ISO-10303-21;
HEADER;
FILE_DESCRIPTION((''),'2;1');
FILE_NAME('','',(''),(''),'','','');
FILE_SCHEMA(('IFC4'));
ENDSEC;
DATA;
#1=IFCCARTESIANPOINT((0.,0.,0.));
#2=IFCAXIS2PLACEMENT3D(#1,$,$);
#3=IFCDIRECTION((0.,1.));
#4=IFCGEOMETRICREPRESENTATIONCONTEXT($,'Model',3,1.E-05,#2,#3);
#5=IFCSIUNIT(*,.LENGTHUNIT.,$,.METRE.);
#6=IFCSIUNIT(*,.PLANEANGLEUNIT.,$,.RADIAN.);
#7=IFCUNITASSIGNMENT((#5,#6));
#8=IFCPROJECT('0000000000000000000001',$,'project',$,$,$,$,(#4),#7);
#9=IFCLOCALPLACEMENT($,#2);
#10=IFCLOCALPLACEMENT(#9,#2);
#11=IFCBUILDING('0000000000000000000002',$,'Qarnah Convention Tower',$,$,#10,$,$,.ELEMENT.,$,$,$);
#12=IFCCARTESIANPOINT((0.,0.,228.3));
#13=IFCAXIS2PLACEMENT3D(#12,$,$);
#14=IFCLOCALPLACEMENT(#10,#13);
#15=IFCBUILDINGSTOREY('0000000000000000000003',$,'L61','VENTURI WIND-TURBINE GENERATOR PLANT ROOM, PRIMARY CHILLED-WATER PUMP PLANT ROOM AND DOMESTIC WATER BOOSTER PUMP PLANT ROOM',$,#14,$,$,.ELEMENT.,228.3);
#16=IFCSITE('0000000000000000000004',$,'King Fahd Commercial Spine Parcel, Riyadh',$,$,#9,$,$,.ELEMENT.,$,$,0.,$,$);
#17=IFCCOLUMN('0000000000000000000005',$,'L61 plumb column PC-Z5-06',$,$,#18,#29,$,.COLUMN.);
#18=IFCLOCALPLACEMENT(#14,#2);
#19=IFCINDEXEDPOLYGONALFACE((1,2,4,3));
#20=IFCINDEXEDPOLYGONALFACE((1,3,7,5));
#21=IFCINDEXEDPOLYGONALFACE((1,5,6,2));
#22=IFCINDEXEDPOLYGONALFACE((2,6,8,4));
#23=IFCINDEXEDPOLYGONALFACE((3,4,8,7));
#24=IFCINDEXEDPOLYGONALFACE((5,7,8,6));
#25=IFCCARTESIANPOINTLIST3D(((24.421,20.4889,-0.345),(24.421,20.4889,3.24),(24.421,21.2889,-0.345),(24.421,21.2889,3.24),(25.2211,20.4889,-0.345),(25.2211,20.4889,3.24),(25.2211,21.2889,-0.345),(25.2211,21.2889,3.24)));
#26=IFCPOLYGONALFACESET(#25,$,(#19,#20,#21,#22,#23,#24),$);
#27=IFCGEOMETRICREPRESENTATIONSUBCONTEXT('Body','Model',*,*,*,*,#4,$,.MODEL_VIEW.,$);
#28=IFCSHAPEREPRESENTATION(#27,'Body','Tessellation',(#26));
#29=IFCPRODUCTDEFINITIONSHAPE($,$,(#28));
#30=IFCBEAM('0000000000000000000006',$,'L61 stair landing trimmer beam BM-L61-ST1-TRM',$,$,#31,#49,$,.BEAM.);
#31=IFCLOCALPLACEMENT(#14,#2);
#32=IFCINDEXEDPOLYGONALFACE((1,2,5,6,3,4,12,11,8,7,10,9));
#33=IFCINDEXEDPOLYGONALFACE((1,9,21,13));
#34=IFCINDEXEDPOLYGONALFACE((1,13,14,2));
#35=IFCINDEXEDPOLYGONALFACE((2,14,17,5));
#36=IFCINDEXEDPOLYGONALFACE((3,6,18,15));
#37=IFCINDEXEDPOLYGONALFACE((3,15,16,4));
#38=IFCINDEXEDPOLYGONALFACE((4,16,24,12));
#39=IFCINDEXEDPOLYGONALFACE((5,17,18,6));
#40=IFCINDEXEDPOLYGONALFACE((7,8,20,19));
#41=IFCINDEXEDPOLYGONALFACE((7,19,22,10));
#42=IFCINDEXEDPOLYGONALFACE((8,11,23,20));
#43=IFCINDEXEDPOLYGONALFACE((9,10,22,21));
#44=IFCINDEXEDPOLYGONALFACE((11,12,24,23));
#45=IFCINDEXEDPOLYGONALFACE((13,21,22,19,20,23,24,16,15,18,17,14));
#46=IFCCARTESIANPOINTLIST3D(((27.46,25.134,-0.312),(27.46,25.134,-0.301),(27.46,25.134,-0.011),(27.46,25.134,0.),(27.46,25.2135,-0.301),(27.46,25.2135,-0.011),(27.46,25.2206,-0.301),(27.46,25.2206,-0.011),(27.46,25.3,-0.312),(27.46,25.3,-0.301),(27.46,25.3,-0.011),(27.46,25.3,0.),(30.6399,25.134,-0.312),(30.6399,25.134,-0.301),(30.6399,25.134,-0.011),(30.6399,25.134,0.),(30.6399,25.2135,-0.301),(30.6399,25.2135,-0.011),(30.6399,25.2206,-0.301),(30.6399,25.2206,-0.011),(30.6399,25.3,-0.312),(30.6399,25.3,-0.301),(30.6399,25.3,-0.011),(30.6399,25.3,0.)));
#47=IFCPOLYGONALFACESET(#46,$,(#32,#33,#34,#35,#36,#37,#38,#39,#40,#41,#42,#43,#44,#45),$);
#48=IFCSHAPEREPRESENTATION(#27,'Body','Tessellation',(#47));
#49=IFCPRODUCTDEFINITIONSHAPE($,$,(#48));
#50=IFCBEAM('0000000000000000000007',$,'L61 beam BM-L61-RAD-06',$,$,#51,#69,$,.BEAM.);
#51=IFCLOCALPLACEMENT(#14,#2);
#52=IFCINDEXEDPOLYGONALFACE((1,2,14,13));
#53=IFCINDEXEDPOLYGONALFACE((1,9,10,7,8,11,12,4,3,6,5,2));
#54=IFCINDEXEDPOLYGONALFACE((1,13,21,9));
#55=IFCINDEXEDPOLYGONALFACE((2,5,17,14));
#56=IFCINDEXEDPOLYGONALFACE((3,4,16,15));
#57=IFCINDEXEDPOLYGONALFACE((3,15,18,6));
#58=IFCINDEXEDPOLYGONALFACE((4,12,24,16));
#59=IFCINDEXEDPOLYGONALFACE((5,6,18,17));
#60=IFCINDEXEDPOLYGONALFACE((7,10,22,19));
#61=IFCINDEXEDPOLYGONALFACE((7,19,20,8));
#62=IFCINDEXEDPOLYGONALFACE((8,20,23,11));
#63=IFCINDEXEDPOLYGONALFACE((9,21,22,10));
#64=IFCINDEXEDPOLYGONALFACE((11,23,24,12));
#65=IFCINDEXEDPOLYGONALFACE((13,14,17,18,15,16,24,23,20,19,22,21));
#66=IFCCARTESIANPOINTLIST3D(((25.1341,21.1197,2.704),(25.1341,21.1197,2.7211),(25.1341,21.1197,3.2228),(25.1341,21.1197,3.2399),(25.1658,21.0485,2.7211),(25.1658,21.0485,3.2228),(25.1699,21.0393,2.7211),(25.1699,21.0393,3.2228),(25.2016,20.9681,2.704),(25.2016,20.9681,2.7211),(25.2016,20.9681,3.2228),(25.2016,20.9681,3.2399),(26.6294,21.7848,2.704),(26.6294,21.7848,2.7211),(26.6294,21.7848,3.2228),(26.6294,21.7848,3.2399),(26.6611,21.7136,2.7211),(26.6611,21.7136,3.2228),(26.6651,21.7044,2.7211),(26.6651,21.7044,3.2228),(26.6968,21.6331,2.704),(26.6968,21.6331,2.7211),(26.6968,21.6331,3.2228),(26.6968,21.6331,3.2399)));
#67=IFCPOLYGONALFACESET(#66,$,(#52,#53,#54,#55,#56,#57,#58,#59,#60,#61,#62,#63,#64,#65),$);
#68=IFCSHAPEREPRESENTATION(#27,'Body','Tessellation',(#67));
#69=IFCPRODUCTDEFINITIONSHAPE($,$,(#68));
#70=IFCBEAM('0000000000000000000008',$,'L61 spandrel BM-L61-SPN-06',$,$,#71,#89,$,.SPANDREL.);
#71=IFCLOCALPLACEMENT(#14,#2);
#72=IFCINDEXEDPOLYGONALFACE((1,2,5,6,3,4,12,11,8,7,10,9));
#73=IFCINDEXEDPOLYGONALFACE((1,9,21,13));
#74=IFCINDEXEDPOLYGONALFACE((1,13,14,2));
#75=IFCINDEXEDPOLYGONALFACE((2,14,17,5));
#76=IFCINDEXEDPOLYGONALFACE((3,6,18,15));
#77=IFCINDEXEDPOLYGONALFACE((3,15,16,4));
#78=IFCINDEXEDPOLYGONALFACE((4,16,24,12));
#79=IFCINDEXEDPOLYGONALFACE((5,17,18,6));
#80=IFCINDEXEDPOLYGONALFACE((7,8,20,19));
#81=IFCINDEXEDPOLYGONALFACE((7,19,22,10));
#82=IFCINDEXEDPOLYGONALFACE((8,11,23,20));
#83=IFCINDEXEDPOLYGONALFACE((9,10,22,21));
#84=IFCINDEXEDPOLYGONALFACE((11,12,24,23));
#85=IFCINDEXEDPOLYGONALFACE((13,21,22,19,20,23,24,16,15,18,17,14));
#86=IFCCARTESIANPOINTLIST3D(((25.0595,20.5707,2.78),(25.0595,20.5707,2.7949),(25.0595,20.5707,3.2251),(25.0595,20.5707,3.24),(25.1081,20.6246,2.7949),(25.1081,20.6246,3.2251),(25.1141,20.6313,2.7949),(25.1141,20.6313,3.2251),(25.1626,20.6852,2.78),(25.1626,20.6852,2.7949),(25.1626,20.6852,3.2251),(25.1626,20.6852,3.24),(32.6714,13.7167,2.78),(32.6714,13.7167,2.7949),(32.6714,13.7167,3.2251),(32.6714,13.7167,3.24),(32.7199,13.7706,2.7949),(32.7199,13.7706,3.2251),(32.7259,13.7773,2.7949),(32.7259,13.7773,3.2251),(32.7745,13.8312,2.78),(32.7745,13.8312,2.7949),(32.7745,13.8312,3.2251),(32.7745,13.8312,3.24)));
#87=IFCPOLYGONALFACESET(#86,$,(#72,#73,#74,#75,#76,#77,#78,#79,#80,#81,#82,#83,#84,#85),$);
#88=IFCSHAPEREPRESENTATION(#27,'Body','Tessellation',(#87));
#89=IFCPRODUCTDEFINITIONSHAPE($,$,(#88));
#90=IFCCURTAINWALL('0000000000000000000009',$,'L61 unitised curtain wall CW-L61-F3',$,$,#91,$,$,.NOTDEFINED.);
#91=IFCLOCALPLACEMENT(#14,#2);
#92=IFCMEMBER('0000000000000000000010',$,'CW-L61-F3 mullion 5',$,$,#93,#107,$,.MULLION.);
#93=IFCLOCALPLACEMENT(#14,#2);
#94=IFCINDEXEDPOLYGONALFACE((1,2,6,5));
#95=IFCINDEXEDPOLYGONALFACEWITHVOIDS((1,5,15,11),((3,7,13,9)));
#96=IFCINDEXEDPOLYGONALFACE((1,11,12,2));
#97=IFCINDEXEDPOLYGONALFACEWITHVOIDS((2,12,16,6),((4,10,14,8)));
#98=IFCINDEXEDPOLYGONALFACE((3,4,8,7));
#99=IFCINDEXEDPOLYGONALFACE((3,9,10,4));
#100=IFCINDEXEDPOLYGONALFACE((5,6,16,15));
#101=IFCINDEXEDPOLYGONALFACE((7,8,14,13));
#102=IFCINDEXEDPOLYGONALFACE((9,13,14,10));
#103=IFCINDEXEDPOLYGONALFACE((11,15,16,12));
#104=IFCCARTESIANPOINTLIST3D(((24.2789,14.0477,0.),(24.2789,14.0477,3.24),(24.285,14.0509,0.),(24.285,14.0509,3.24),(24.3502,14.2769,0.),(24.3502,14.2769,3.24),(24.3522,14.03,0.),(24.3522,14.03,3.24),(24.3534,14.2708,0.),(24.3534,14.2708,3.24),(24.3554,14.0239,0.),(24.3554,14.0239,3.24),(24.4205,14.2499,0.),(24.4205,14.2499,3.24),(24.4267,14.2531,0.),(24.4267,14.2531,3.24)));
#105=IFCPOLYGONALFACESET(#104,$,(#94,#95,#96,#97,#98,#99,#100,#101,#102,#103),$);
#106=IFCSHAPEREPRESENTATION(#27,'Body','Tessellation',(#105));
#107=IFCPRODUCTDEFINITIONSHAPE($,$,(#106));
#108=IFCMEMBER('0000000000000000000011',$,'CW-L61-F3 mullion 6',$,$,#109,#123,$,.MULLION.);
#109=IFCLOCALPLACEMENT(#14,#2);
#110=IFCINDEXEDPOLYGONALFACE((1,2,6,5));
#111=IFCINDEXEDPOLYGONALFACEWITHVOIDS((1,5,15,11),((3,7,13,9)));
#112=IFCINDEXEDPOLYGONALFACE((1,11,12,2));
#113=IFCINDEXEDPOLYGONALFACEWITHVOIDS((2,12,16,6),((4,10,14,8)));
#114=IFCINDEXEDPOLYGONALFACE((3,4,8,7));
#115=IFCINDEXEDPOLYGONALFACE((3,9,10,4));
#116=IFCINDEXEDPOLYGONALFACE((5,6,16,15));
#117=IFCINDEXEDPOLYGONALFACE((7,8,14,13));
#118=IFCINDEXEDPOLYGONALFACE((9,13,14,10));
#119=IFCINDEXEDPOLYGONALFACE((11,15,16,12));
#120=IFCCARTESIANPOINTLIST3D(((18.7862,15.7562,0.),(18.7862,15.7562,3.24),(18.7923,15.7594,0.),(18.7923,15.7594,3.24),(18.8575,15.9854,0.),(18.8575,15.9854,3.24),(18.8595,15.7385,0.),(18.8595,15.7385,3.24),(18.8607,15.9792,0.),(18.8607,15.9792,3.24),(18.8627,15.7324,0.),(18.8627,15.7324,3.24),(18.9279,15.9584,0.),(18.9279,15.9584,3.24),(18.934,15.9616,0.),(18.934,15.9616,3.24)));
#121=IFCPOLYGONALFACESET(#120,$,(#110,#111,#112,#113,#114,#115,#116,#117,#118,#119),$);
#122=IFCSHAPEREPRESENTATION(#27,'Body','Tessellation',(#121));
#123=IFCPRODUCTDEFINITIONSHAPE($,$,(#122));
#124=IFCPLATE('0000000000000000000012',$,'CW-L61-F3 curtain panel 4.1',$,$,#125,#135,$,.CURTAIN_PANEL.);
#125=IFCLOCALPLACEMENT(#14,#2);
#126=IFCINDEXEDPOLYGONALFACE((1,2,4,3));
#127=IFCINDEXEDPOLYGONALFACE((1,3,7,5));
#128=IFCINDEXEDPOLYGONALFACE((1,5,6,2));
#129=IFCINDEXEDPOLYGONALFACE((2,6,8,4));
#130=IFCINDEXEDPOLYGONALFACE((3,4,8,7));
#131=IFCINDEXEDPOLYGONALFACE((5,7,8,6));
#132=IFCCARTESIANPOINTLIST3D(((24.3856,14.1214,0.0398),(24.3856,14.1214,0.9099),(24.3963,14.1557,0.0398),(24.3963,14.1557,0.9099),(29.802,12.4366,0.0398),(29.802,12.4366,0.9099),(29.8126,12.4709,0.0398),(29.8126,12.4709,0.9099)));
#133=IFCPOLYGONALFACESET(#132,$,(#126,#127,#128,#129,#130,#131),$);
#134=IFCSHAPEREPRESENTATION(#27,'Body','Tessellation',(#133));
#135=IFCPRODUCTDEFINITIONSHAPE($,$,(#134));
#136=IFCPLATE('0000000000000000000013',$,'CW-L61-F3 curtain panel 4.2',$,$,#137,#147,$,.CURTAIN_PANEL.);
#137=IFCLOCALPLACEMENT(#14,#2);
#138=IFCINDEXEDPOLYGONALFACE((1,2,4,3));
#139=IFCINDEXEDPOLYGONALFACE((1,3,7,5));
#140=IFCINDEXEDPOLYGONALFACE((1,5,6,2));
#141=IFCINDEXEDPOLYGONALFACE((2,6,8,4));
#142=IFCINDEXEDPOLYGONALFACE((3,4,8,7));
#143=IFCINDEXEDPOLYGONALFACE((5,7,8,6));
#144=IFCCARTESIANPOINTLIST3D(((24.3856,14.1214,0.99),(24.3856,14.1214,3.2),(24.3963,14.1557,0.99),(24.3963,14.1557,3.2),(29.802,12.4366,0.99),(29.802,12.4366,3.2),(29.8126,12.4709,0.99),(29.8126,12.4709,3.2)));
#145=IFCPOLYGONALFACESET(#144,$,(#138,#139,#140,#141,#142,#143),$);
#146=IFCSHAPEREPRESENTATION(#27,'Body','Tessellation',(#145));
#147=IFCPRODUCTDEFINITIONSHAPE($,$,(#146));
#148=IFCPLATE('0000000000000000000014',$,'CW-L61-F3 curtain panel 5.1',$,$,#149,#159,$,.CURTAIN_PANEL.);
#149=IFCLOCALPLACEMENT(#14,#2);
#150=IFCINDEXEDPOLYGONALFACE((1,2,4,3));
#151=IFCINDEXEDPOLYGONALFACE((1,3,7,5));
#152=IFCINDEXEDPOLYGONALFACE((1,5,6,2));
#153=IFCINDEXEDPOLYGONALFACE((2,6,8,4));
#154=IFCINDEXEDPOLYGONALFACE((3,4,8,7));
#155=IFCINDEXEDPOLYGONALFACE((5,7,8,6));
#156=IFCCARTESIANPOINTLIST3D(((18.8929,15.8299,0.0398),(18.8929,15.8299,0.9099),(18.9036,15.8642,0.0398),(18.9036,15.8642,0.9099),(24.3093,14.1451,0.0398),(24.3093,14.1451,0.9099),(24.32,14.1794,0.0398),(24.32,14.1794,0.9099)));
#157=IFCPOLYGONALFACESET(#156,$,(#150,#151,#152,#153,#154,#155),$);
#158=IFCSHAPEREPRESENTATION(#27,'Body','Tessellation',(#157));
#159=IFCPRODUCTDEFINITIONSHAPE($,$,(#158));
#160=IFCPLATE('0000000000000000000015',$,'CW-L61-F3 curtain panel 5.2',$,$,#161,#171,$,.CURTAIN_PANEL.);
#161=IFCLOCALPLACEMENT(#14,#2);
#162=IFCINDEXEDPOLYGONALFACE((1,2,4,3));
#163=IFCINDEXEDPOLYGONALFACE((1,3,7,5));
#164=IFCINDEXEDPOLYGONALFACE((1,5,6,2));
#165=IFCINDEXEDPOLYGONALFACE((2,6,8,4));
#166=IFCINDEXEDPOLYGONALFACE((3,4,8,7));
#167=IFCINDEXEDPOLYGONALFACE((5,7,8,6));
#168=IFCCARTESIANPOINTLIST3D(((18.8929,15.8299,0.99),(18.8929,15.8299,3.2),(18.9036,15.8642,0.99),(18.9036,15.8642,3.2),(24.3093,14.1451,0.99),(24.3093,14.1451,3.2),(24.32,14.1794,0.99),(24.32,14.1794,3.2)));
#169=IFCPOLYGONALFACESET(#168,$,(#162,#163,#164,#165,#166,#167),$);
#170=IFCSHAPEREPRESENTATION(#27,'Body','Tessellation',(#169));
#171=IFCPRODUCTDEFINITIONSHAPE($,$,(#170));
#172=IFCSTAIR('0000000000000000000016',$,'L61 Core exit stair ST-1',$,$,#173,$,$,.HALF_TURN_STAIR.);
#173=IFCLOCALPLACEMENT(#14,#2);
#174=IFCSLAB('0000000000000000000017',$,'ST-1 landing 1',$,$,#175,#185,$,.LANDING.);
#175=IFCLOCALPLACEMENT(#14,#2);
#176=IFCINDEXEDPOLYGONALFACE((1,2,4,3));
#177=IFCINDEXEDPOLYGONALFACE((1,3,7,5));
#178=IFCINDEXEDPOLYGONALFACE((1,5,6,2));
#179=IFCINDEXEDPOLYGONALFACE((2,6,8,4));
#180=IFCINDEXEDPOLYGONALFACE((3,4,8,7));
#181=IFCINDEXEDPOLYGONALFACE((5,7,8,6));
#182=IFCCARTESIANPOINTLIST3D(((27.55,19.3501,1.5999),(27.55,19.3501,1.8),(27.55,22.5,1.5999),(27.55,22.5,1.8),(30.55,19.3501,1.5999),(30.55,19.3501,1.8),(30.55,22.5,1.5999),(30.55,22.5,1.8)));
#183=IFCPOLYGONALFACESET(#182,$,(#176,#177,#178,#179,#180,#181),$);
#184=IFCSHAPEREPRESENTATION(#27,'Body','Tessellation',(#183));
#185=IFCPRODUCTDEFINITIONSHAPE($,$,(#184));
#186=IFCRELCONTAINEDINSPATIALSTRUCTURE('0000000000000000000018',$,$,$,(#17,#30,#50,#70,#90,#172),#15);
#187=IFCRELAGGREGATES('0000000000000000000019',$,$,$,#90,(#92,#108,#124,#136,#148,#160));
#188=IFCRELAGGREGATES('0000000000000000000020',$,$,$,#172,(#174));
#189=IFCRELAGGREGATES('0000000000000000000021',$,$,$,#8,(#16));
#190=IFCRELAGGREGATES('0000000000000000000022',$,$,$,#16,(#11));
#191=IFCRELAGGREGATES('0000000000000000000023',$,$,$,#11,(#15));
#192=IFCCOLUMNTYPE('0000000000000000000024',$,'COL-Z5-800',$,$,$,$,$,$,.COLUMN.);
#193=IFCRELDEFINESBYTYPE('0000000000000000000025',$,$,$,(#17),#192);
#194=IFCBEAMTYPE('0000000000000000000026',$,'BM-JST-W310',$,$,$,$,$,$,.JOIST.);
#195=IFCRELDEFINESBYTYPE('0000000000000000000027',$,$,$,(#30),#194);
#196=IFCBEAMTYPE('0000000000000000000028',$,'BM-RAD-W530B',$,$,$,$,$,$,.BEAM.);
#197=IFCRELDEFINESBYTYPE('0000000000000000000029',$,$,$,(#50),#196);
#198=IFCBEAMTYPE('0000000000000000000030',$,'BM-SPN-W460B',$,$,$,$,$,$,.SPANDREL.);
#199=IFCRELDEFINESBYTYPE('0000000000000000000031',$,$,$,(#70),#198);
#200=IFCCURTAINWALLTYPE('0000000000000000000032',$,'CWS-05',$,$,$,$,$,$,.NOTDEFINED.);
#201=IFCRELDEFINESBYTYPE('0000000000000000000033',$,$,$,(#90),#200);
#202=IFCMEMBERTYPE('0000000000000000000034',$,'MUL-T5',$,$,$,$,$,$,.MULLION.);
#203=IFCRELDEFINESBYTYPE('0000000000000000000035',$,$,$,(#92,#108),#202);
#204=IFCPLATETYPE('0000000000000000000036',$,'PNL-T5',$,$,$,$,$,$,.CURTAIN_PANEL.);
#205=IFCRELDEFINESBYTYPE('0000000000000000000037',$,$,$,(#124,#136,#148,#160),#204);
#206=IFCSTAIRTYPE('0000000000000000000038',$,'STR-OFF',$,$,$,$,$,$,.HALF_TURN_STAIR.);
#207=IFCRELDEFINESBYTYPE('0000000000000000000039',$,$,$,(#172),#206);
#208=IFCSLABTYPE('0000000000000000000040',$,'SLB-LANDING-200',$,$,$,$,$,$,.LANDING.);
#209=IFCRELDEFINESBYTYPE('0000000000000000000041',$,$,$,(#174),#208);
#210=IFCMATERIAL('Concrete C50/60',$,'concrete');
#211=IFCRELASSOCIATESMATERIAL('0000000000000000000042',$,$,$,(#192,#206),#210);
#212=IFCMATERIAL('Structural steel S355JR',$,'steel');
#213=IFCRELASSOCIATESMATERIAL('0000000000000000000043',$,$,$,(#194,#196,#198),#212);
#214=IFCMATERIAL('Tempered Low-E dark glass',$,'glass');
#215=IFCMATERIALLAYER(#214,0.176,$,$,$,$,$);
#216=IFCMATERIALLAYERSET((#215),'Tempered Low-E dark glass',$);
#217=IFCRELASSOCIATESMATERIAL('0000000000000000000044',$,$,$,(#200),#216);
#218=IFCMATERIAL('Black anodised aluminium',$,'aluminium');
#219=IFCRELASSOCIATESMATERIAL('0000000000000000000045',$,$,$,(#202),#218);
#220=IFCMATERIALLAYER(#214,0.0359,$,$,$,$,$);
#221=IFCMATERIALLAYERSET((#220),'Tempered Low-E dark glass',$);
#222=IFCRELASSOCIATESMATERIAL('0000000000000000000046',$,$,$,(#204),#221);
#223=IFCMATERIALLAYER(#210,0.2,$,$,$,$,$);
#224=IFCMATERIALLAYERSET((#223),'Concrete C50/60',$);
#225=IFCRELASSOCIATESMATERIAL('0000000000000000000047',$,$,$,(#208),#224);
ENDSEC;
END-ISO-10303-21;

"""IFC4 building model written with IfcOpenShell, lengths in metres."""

from ifc_helpers import new_model, si_unit, direction, frame, origin, origin_2d, place, context, subcontext, project, spatial, polyline, rectangle, hollow_rectangle, i_section, outline, extrude, material, layer, layer_set, material_profile, profile_set, type_object, element, aggregate, save


model = new_model("IFC4")

# Units and contexts
model_context = context("Model", 3, precision=1e-05, world=origin(), true_north=direction((0.0, 1.0)))
body_context = subcontext(model_context, "Body", "Model", "MODEL_VIEW")
ifc_project = project(units=[si_unit("LENGTHUNIT", "METRE"), si_unit("PLANEANGLEUNIT", "RADIAN")], contexts=[model_context])

# Site, building, storey
site_placement = place(None, origin())
site = spatial("IfcSite", under=ifc_project, at=site_placement, Name="King Fahd Commercial Spine Parcel, Riyadh", CompositionType="ELEMENT", RefElevation=0.0)
building_placement = place(site_placement, origin())
building = spatial("IfcBuilding", under=site, at=building_placement, Name="Qarnah Convention Tower", CompositionType="ELEMENT")
storey_placement = place(building_placement, frame((0.0, 0.0, 228.3)))
storey = spatial("IfcBuildingStorey", under=building, at=storey_placement, Name="L61", Description="VENTURI WIND-TURBINE GENERATOR PLANT ROOM, PRIMARY CHILLED-WATER PUMP PLANT ROOM AND DOMESTIC WATER BOOSTER PUMP PLANT ROOM", CompositionType="ELEMENT", Elevation=228.3)

# Column
ifc_material_1 = material(Name="Concrete C50/60", Category="concrete")
ifc_material_profile_1 = material_profile(ifc_material_1, rectangle(XDim=0.8, YDim=0.8, at=origin_2d()), Name="RC-COL-800X800")
ifc_profile_set_1 = profile_set([ifc_material_profile_1], Name="Concrete C50/60")
column_type = type_object("IfcColumnType", Name="COL-Z5-800", PredefinedType="COLUMN", material=ifc_profile_set_1)
column_placement = place(storey_placement, frame((24.821, 20.8889, -0.345), z_axis=(0.0, 0.0, 1.0), x_axis=(1.0, 0.0, 0.0)))
element("IfcColumn", 1, at=column_placement, inside=storey, type_object=column_type, Name="L61 plumb column PC-Z5-06", PredefinedType="COLUMN", context=body_context, shape_type="SweptSolid", body=[
    extrude(rectangle(XDim=0.8, YDim=0.8, at=origin_2d()), origin(), (0.0, 0.0, 1.0), 3.585),
])

# Beams
ifc_material_2 = material(Name="Structural steel S355JR", Category="steel")
ifc_material_profile_2 = material_profile(ifc_material_2, i_section(OverallWidth=0.166, OverallDepth=0.312, WebThickness=0.0071, FlangeThickness=0.011, at=origin_2d()), Name="W310X45")
ifc_profile_set_2 = profile_set([ifc_material_profile_2], Name="Structural steel S355JR")
beam_type_1 = type_object("IfcBeamType", Name="BM-JST-W310", PredefinedType="JOIST", material=ifc_profile_set_2)
beam_1_placement = place(storey_placement, frame((27.46, 25.217, -0.156), z_axis=(1.0, 0.0, 0.0), x_axis=(0.0, 1.0, 0.0)))
element("IfcBeam", 2, at=beam_1_placement, inside=storey, type_object=beam_type_1, Name="L61 stair landing trimmer beam BM-L61-ST1-TRM", PredefinedType="BEAM", context=body_context, shape_type="SweptSolid", body=[
    extrude(i_section(OverallWidth=0.166, OverallDepth=0.312, WebThickness=0.0071, FlangeThickness=0.011, at=origin_2d()), origin(), (0.0, 0.0, 1.0), 3.1799),
])
ifc_material_profile_3 = material_profile(ifc_material_2, i_section(OverallWidth=0.166, OverallDepth=0.5359, WebThickness=0.01, FlangeThickness=0.0171, at=origin_2d()), Name="W530X85")
ifc_profile_set_3 = profile_set([ifc_material_profile_3], Name="Structural steel S355JR")
beam_type_2 = type_object("IfcBeamType", Name="BM-RAD-W530B", PredefinedType="BEAM", material=ifc_profile_set_3)
beam_2_placement = place(storey_placement, frame((26.6631, 21.709, 2.9719), z_axis=(-0.913688, -0.406415, 0.0), x_axis=(0.406415, -0.913688, 0.0)))
element("IfcBeam", 3, at=beam_2_placement, inside=storey, type_object=beam_type_2, Name="L61 beam BM-L61-RAD-06", PredefinedType="BEAM", context=body_context, shape_type="SweptSolid", body=[
    extrude(i_section(OverallWidth=0.166, OverallDepth=0.5359, WebThickness=0.01, FlangeThickness=0.0171, at=origin_2d()), origin(), (0.0, 0.0, 1.0), 1.6365),
])
ifc_material_profile_4 = material_profile(ifc_material_2, i_section(OverallWidth=0.1541, OverallDepth=0.46, WebThickness=0.009, FlangeThickness=0.0149, at=origin_2d()), Name="W460X68")
ifc_profile_set_4 = profile_set([ifc_material_profile_4], Name="Structural steel S355JR")
beam_type_3 = type_object("IfcBeamType", Name="BM-SPN-W460B", PredefinedType="SPANDREL", material=ifc_profile_set_4)
beam_3_placement = place(storey_placement, frame((25.1111, 20.6279, 3.01), z_axis=(0.743131, -0.669146, 0.0), x_axis=(0.669146, 0.743131, 0.0)))
element("IfcBeam", 4, at=beam_3_placement, inside=storey, type_object=beam_type_3, Name="L61 spandrel BM-L61-SPN-06", PredefinedType="SPANDREL", context=body_context, shape_type="SweptSolid", body=[
    extrude(i_section(OverallWidth=0.1541, OverallDepth=0.46, WebThickness=0.009, FlangeThickness=0.0149, at=origin_2d()), origin(), (0.0, 0.0, 1.0), 10.2429),
])

# Curtain wall, members, plates
ifc_material_3 = material(Name="Tempered Low-E dark glass", Category="glass")
ifc_layer_1 = layer(ifc_material_3, 0.176)
ifc_layer_set_1 = layer_set([ifc_layer_1], Name="Tempered Low-E dark glass")
curtain_wall_type = type_object("IfcCurtainWallType", Name="CWS-05", PredefinedType="NOTDEFINED", material=ifc_layer_set_1)
curtain_wall_placement = place(storey_placement, origin())
curtain_wall = element("IfcCurtainWall", 5, at=curtain_wall_placement, inside=storey, type_object=curtain_wall_type, Name="L61 unitised curtain wall CW-L61-F3", PredefinedType="NOTDEFINED")
ifc_material_4 = material(Name="Black anodised aluminium", Category="aluminium")
ifc_material_profile_5 = material_profile(ifc_material_4, hollow_rectangle(XDim=0.0801, YDim=0.24, WallThickness=0.0049, at=origin_2d()), Name="MUL-80X240")
ifc_profile_set_5 = profile_set([ifc_material_profile_5], Name="Black anodised aluminium")
member_type = type_object("IfcMemberType", Name="MUL-T5", PredefinedType="MULLION", material=ifc_profile_set_5)
member_1_placement = place(storey_placement, frame((24.3528, 14.1504, 0.0), z_axis=(0.0, 0.0, 1.0), x_axis=(-0.95487, 0.297024, 0.0)))
member_1 = element("IfcMember", 6, at=member_1_placement, type_object=member_type, Name="CW-L61-F3 mullion 5", PredefinedType="MULLION", context=body_context, shape_type="SweptSolid", body=[
    extrude(hollow_rectangle(XDim=0.0801, YDim=0.24, WallThickness=0.0049, at=origin_2d()), origin(), (0.0, 0.0, 1.0), 3.24),
])
member_2_placement = place(storey_placement, frame((18.8601, 15.8589, 0.0), z_axis=(0.0, 0.0, 1.0), x_axis=(-0.95487, 0.297024, 0.0)))
member_2 = element("IfcMember", 7, at=member_2_placement, type_object=member_type, Name="CW-L61-F3 mullion 6", PredefinedType="MULLION", context=body_context, shape_type="SweptSolid", body=[
    extrude(hollow_rectangle(XDim=0.0801, YDim=0.24, WallThickness=0.0049, at=origin_2d()), origin(), (0.0, 0.0, 1.0), 3.24),
])
ifc_layer_2 = layer(ifc_material_3, 0.0359)
ifc_layer_set_2 = layer_set([ifc_layer_2], Name="Tempered Low-E dark glass")
plate_type = type_object("IfcPlateType", Name="PNL-T5", PredefinedType="CURTAIN_PANEL", material=ifc_layer_set_2)
plate_1_placement = place(storey_placement, frame((27.0991, 13.2961, 0.0398), z_axis=(0.0, 0.0, 1.0), x_axis=(-0.95487, 0.297024, 0.0)))
plate_1 = element("IfcPlate", 8, at=plate_1_placement, type_object=plate_type, Name="CW-L61-F3 curtain panel 4.1", PredefinedType="CURTAIN_PANEL", context=body_context, shape_type="SweptSolid", body=[
    extrude(rectangle(XDim=5.6724, YDim=0.0359, at=origin_2d()), origin(), (0.0, 0.0, 1.0), 0.8701),
])
plate_2_placement = place(storey_placement, frame((27.0991, 13.2961, 0.99), z_axis=(0.0, 0.0, 1.0), x_axis=(-0.95487, 0.297024, 0.0)))
plate_2 = element("IfcPlate", 9, at=plate_2_placement, type_object=plate_type, Name="CW-L61-F3 curtain panel 4.2", PredefinedType="CURTAIN_PANEL", context=body_context, shape_type="SweptSolid", body=[
    extrude(rectangle(XDim=5.6724, YDim=0.0359, at=origin_2d()), origin(), (0.0, 0.0, 1.0), 2.21),
])
plate_3_placement = place(storey_placement, frame((21.6064, 15.0046, 0.0398), z_axis=(0.0, 0.0, 1.0), x_axis=(-0.95487, 0.297024, 0.0)))
plate_3 = element("IfcPlate", 10, at=plate_3_placement, type_object=plate_type, Name="CW-L61-F3 curtain panel 5.1", PredefinedType="CURTAIN_PANEL", context=body_context, shape_type="SweptSolid", body=[
    extrude(rectangle(XDim=5.6724, YDim=0.0359, at=origin_2d()), origin(), (0.0, 0.0, 1.0), 0.8701),
])
plate_4_placement = place(storey_placement, frame((21.6064, 15.0046, 0.99), z_axis=(0.0, 0.0, 1.0), x_axis=(-0.95487, 0.297024, 0.0)))
plate_4 = element("IfcPlate", 11, at=plate_4_placement, type_object=plate_type, Name="CW-L61-F3 curtain panel 5.2", PredefinedType="CURTAIN_PANEL", context=body_context, shape_type="SweptSolid", body=[
    extrude(rectangle(XDim=5.6724, YDim=0.0359, at=origin_2d()), origin(), (0.0, 0.0, 1.0), 2.21),
])
aggregate(curtain_wall, [member_1, member_2, plate_1, plate_2, plate_3, plate_4])

# Stair, slab
stair_type = type_object("IfcStairType", Name="STR-OFF", PredefinedType="HALF_TURN_STAIR", material=ifc_material_1)
stair_1_placement = place(storey_placement, origin())
stair_1 = element("IfcStair", 12, at=stair_1_placement, inside=storey, type_object=stair_type, Name="L61 Core exit stair ST-1", PredefinedType="HALF_TURN_STAIR")
ifc_layer_3 = layer(ifc_material_1, 0.2)
ifc_layer_set_3 = layer_set([ifc_layer_3], Name="Concrete C50/60")
slab_type_1 = type_object("IfcSlabType", Name="SLB-LANDING-200", PredefinedType="LANDING", material=ifc_layer_set_3)
slab_1_placement = place(storey_placement, frame((0.0, 0.0, 1.5999)))
slab_1 = element("IfcSlab", 13, at=slab_1_placement, type_object=slab_type_1, Name="ST-1 landing 1", PredefinedType="LANDING", context=body_context, shape_type="SweptSolid", body=[
    extrude(outline(polyline([(27.55, 22.5), (27.55, 19.3501), (30.55, 19.3501), (30.55, 22.5), (27.55, 22.5)])), origin(), (0.0, 0.0, 1.0), 0.2002),
])
aggregate(stair_1, [slab_1])

save(model, "model.ifc")
